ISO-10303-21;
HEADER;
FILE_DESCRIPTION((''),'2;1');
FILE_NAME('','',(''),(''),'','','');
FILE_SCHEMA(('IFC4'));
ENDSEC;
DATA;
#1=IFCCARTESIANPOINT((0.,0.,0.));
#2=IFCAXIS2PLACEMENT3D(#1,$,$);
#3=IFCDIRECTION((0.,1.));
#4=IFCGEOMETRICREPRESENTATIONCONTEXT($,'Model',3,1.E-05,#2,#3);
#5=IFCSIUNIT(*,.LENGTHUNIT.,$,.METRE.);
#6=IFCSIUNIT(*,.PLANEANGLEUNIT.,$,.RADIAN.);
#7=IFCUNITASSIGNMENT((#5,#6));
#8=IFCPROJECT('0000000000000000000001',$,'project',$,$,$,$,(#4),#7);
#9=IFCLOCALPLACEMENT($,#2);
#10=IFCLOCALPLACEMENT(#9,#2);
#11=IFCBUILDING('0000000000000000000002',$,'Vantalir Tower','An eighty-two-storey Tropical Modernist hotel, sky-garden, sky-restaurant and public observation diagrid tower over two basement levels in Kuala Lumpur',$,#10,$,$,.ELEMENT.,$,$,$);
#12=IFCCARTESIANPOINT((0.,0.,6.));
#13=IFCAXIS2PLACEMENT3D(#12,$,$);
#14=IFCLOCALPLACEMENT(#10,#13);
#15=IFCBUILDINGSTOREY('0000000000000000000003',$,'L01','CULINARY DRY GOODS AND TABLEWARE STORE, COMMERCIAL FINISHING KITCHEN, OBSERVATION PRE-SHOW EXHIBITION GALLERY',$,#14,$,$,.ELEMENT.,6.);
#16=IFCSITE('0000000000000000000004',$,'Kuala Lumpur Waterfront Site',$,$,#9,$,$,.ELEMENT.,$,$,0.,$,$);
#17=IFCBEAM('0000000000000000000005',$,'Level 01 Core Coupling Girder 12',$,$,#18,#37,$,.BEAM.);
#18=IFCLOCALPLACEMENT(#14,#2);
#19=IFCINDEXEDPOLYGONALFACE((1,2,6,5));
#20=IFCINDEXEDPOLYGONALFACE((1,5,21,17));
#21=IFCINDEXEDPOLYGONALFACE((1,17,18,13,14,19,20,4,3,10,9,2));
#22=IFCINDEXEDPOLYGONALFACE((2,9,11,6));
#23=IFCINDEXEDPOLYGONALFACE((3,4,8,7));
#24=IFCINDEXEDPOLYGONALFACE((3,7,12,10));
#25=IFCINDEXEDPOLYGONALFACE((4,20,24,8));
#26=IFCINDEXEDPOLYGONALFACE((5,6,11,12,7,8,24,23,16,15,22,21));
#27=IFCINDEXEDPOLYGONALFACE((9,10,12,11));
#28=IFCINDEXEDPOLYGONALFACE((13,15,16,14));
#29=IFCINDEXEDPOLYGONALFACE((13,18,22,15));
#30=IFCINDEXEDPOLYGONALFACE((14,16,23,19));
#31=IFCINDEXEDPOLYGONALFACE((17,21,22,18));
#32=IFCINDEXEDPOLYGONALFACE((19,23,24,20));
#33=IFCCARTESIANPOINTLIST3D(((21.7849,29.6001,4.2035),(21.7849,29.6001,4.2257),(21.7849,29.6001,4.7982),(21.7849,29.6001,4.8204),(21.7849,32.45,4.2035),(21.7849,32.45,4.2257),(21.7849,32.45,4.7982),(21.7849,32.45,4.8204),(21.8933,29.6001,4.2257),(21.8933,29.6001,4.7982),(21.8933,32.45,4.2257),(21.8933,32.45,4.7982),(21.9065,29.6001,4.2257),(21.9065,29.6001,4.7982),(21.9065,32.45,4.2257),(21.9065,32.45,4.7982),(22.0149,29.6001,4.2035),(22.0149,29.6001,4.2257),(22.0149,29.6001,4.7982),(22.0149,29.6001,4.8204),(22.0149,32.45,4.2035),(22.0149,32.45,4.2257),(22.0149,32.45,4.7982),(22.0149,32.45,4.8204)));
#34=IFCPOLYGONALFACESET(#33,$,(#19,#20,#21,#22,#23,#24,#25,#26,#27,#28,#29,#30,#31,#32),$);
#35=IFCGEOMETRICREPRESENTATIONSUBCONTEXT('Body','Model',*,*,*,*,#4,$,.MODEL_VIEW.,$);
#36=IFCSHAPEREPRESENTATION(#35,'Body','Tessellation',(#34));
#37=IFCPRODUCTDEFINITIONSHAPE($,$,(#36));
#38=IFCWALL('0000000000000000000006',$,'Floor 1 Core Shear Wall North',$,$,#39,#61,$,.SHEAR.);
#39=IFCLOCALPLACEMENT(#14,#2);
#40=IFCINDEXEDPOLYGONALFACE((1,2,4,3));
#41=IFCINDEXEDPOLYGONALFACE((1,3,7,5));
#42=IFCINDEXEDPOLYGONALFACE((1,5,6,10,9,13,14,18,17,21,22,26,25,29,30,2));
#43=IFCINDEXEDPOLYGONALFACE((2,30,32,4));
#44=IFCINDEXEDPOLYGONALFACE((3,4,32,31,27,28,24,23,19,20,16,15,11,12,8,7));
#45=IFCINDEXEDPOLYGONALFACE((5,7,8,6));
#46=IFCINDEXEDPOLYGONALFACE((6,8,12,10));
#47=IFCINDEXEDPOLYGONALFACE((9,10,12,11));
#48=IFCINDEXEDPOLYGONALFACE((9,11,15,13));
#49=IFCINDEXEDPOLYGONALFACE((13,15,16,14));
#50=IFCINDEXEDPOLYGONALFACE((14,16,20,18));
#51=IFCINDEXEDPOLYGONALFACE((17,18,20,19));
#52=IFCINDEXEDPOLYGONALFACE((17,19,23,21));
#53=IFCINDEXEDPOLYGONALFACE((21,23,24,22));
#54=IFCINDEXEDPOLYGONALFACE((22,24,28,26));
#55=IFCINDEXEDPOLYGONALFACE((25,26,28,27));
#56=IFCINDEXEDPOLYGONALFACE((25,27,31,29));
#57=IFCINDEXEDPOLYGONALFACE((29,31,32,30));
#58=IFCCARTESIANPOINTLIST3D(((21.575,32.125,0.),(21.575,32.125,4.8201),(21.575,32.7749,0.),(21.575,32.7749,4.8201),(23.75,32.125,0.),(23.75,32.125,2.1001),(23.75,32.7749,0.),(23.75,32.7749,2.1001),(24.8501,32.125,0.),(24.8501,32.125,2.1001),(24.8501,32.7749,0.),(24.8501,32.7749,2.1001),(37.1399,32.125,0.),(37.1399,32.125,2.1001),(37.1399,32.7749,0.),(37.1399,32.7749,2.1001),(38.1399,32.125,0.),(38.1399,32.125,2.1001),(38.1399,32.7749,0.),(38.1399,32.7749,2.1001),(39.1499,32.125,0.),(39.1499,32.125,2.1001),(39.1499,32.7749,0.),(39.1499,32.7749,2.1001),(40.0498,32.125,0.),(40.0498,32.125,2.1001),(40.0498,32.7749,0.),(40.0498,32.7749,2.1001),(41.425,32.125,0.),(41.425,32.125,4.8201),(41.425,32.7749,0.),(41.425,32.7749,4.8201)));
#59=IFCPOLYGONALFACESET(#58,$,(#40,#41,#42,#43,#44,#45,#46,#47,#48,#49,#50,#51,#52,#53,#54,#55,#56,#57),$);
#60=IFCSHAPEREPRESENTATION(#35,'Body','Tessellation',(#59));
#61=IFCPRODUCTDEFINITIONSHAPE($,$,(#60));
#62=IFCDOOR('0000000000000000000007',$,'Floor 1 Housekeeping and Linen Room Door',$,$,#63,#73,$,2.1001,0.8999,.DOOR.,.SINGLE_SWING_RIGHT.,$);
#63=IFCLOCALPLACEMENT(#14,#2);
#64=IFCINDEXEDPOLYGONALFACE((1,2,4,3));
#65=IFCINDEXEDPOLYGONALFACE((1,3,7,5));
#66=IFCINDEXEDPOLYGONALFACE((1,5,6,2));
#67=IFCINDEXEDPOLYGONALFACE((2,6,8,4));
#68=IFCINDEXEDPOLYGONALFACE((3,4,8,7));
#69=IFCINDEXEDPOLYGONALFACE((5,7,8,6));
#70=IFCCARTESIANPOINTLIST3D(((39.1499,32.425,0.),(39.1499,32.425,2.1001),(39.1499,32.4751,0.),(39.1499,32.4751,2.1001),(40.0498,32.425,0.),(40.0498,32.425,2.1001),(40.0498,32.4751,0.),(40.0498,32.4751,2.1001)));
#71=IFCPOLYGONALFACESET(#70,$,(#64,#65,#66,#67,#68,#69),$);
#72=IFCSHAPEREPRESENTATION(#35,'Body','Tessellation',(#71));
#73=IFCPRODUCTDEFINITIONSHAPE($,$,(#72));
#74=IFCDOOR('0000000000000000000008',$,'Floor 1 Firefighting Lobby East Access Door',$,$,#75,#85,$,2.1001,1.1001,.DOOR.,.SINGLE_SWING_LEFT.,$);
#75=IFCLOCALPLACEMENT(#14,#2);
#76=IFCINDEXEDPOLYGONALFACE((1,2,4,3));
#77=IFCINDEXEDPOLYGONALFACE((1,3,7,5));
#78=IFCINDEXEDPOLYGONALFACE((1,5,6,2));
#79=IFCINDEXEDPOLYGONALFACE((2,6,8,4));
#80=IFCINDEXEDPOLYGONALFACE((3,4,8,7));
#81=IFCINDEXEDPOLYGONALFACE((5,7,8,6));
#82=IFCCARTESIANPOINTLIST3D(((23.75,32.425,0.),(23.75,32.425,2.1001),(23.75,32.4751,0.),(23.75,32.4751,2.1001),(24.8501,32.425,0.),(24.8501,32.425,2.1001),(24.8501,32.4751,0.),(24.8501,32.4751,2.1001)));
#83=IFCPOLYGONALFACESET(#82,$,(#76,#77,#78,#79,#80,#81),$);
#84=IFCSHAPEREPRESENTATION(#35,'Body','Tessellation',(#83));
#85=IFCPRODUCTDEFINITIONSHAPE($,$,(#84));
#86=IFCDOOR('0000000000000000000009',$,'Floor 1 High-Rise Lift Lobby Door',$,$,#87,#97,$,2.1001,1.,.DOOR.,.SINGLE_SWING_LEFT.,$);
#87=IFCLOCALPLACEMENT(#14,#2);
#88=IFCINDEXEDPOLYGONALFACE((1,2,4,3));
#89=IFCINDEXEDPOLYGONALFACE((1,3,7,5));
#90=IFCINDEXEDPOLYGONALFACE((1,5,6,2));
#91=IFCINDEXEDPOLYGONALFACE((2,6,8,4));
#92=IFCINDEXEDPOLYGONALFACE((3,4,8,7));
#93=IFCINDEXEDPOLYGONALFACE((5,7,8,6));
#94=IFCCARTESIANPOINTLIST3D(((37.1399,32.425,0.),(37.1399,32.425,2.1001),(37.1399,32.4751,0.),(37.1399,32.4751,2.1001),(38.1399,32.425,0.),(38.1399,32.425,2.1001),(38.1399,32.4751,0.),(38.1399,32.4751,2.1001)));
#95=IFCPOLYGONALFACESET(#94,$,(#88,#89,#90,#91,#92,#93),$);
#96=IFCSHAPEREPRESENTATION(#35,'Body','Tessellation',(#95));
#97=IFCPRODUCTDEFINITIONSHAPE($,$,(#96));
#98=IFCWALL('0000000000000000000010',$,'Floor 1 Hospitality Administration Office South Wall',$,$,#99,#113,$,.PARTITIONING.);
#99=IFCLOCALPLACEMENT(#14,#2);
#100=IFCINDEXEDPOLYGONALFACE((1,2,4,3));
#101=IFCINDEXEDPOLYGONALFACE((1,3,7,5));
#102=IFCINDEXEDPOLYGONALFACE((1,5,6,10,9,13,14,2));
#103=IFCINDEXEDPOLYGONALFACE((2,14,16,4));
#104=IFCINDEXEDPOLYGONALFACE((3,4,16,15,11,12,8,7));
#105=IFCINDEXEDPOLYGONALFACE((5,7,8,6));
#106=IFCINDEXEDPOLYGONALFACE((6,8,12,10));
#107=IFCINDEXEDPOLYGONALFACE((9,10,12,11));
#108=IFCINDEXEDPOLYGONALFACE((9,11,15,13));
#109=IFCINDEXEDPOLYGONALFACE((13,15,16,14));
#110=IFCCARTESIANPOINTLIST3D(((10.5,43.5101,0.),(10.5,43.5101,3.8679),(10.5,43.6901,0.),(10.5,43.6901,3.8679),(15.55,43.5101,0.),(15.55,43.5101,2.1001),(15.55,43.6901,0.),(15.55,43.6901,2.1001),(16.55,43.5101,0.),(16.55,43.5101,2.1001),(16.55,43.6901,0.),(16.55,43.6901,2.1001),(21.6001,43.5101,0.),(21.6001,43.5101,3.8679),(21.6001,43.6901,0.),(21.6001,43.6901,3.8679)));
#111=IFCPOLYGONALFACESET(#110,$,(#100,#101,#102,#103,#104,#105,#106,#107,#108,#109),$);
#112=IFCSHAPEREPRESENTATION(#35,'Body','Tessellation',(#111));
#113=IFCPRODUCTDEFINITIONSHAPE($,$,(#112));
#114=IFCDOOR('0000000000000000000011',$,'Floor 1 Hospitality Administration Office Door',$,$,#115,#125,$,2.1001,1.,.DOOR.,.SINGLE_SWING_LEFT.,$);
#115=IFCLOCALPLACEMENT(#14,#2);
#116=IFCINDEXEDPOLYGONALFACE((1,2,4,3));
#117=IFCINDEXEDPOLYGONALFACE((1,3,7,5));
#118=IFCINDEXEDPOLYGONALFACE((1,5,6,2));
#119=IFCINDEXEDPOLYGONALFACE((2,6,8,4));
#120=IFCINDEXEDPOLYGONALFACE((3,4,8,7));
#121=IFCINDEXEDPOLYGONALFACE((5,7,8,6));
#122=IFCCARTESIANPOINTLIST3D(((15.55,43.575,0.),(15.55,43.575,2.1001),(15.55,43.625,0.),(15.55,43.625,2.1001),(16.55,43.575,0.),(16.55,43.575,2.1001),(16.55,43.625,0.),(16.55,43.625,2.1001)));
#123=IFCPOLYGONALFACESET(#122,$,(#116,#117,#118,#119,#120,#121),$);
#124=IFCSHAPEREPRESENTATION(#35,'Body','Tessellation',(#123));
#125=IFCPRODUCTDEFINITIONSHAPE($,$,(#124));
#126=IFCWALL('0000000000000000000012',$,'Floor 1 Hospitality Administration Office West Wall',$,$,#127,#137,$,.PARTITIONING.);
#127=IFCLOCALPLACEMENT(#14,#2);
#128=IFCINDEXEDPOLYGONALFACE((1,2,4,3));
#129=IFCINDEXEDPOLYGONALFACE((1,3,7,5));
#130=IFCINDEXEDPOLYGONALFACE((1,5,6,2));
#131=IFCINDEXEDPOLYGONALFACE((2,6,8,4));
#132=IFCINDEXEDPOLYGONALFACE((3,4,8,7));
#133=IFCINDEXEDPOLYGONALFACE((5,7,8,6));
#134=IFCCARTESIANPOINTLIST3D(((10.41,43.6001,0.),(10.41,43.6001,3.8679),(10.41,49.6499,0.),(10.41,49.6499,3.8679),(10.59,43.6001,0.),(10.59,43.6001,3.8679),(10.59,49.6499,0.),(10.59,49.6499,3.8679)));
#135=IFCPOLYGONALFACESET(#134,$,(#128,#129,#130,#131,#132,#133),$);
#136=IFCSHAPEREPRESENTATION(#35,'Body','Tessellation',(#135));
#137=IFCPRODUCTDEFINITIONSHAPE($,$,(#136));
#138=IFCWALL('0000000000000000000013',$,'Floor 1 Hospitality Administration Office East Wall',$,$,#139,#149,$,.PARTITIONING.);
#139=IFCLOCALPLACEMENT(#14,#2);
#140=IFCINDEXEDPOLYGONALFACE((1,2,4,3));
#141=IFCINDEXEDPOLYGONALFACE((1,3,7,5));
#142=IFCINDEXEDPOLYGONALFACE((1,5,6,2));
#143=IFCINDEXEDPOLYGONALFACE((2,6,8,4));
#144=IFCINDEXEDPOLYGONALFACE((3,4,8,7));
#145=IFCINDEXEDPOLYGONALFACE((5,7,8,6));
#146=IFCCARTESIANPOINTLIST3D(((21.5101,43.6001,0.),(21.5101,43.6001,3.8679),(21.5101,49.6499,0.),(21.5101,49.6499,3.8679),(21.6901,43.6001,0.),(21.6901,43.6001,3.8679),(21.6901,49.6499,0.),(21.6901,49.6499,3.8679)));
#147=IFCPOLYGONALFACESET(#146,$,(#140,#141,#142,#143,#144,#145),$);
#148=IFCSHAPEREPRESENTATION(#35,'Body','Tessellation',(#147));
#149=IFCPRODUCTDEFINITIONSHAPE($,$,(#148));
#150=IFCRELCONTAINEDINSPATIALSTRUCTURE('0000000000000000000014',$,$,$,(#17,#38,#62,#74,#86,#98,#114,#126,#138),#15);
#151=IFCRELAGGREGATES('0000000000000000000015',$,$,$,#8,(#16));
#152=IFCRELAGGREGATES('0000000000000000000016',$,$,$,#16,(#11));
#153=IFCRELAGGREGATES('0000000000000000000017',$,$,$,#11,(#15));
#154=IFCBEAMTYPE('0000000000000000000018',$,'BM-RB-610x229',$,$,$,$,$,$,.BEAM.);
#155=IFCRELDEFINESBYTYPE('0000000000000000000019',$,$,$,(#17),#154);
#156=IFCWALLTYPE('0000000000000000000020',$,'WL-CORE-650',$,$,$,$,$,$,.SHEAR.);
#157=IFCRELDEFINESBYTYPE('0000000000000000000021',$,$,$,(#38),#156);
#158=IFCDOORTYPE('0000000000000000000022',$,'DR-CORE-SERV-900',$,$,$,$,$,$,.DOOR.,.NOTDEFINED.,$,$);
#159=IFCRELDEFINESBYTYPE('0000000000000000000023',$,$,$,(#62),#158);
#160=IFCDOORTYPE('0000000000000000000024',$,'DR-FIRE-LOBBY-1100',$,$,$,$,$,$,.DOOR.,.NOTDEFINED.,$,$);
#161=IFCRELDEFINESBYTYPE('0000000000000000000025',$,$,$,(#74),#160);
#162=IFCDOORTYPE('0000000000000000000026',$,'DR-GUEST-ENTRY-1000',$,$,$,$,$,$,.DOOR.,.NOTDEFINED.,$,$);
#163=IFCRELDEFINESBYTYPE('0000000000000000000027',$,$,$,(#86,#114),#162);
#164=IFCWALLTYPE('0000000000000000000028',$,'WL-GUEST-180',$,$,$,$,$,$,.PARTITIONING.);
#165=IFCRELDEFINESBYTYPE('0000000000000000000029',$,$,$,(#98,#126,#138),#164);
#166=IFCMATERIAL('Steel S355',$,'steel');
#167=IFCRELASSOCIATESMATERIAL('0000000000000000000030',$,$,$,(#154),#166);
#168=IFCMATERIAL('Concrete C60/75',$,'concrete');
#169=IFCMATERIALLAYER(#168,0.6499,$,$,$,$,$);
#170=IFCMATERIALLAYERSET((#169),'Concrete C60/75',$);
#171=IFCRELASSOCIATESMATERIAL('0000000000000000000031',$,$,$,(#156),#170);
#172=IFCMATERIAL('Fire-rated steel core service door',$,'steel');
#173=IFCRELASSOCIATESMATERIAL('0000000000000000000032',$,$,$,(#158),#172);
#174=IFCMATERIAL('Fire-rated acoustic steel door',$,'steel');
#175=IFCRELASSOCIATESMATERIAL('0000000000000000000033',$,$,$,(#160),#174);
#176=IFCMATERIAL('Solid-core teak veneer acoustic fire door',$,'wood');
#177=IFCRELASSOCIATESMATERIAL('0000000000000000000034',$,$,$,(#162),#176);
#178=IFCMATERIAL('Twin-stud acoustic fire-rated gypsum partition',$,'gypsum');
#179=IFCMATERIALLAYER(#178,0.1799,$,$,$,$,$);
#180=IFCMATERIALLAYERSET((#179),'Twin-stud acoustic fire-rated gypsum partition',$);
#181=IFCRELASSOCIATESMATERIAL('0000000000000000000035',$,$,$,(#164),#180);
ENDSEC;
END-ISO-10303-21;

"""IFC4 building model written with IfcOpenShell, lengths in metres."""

from ifc_helpers import new_model, si_unit, direction, frame, frame_2d, origin, origin_2d, place, context, subcontext, project, spatial, rectangle, i_section, extrude, material, layer, layer_set, material_profile, profile_set, type_object, element, fill, save


model = new_model("IFC4")

# Units and contexts
model_context = context("Model", 3, precision=1e-05, world=origin(), true_north=direction((0.0, 1.0)))
body_context = subcontext(model_context, "Body", "Model", "MODEL_VIEW")
ifc_project = project(units=[si_unit("LENGTHUNIT", "METRE"), si_unit("PLANEANGLEUNIT", "RADIAN")], contexts=[model_context])

# Site, building, storey
site_placement = place(None, origin())
site = spatial("IfcSite", under=ifc_project, at=site_placement, Name="Kuala Lumpur Waterfront Site", CompositionType="ELEMENT", RefElevation=0.0)
building_placement = place(site_placement, origin())
building = spatial("IfcBuilding", under=site, at=building_placement, Name="Vantalir Tower", Description="An eighty-two-storey Tropical Modernist hotel, sky-garden, sky-restaurant and public observation diagrid tower over two basement levels in Kuala Lumpur", CompositionType="ELEMENT")
storey_placement = place(building_placement, frame((0.0, 0.0, 6.0)))
storey = spatial("IfcBuildingStorey", under=building, at=storey_placement, Name="L01", Description="CULINARY DRY GOODS AND TABLEWARE STORE, COMMERCIAL FINISHING KITCHEN, OBSERVATION PRE-SHOW EXHIBITION GALLERY", CompositionType="ELEMENT", Elevation=6.0)

# Shared definitions
ifc_material_1 = material(Name="Concrete C60/75", Category="concrete")

# Beam
ifc_material_2 = material(Name="Steel S355", Category="steel")
ifc_material_profile_1 = material_profile(ifc_material_2, i_section(OverallWidth=0.23, OverallDepth=0.6169, WebThickness=0.0132, FlangeThickness=0.0222, at=origin_2d()), Name="Steel S355")
ifc_profile_set_1 = profile_set([ifc_material_profile_1], Name="Steel S355")
beam_type_1 = type_object("IfcBeamType", Name="BM-RB-610x229", PredefinedType="BEAM", material=ifc_profile_set_1)
beam_1_placement = place(storey_placement, frame((21.8999, 32.45, 4.512), z_axis=(0.0, -1.0, 0.0), x_axis=(1.0, 0.0, 0.0)))
element("IfcBeam", 1, at=beam_1_placement, inside=storey, type_object=beam_type_1, Name="Level 01 Core Coupling Girder 12", PredefinedType="BEAM", context=body_context, shape_type="SweptSolid", body=[
    extrude(i_section(OverallWidth=0.23, OverallDepth=0.6169, WebThickness=0.0132, FlangeThickness=0.0222, at=origin_2d()), origin(), (0.0, 0.0, 1.0), 2.8499),
])

# Wall, openings, doors
ifc_layer_1 = layer(ifc_material_1, 0.6499)
ifc_layer_set_1 = layer_set([ifc_layer_1], Name="Concrete C60/75")
wall_type_1 = type_object("IfcWallType", Name="WL-CORE-650", PredefinedType="SHEAR", material=ifc_layer_set_1)
wall_1_placement = place(storey_placement, frame((21.575, 32.45, 0.0), z_axis=(0.0, 0.0, 1.0), x_axis=(1.0, 0.0, 0.0)))
wall_1 = element("IfcWall", 2, at=wall_1_placement, inside=storey, type_object=wall_type_1, Name="Floor 1 Core Shear Wall North", PredefinedType="SHEAR", context=body_context, shape_type="SweptSolid", body=[
    extrude(rectangle(XDim=19.8501, YDim=0.6499, at=frame_2d((9.925, 0.0))), origin(), (0.0, 0.0, 1.0), 4.8201),
])
opening_1_placement = place(wall_1_placement, frame((2.175, 0.0, 0.0)))
opening_1 = element("IfcOpeningElement", 3, at=opening_1_placement, cuts=wall_1, PredefinedType="OPENING", context=body_context, shape_type="SweptSolid", body=[
    extrude(rectangle(XDim=1.1001, YDim=2.1001, at=frame_2d((0.55, 1.05))), frame((0.0, 0.335, 0.0), z_axis=(0.0, -1.0, 0.0), x_axis=(1.0, 0.0, 0.0)), (0.0, 0.0, 1.0), 0.6699),
])
opening_2_placement = place(wall_1_placement, frame((15.5649, 0.0, 0.0)))
opening_2 = element("IfcOpeningElement", 4, at=opening_2_placement, cuts=wall_1, PredefinedType="OPENING", context=body_context, shape_type="SweptSolid", body=[
    extrude(rectangle(XDim=1.0, YDim=2.1001, at=frame_2d((0.5, 1.05))), frame((0.0, 0.335, 0.0), z_axis=(0.0, -1.0, 0.0), x_axis=(1.0, 0.0, 0.0)), (0.0, 0.0, 1.0), 0.6699),
])
opening_3_placement = place(wall_1_placement, frame((17.575, 0.0, 0.0)))
opening_3 = element("IfcOpeningElement", 5, at=opening_3_placement, cuts=wall_1, PredefinedType="OPENING", context=body_context, shape_type="SweptSolid", body=[
    extrude(rectangle(XDim=0.8999, YDim=2.1001, at=frame_2d((0.45, 1.05))), frame((0.0, 0.335, 0.0), z_axis=(0.0, -1.0, 0.0), x_axis=(1.0, 0.0, 0.0)), (0.0, 0.0, 1.0), 0.6699),
])
ifc_material_3 = material(Name="Fire-rated steel core service door", Category="steel")
door_type_1 = type_object("IfcDoorType", Name="DR-CORE-SERV-900", OperationType="NOTDEFINED", PredefinedType="DOOR", material=ifc_material_3)
door_1_placement = place(opening_3_placement, frame((0.8999, 0.0, 0.0), z_axis=(0.0, 0.0, 1.0), x_axis=(-1.0, 0.0, 0.0)))
door_1 = element("IfcDoor", 6, at=door_1_placement, inside=storey, type_object=door_type_1, Name="Floor 1 Housekeeping and Linen Room Door", OperationType="SINGLE_SWING_RIGHT", OverallHeight=2.1001, OverallWidth=0.8999, PredefinedType="DOOR", context=body_context, shape_type="SweptSolid", body=[
    extrude(rectangle(XDim=0.8999, YDim=2.1001, at=frame_2d((0.45, 1.05))), frame((0.0, 0.0249, 0.0), z_axis=(0.0, -1.0, 0.0), x_axis=(1.0, 0.0, 0.0)), (0.0, 0.0, 1.0), 0.05),
])
fill(opening_3, door_1)
ifc_material_4 = material(Name="Fire-rated acoustic steel door", Category="steel")
door_type_2 = type_object("IfcDoorType", Name="DR-FIRE-LOBBY-1100", OperationType="NOTDEFINED", PredefinedType="DOOR", material=ifc_material_4)
door_2_placement = place(opening_1_placement, frame((1.1001, 0.0, 0.0), z_axis=(0.0, 0.0, 1.0), x_axis=(-1.0, 0.0, 0.0)))
door_2 = element("IfcDoor", 7, at=door_2_placement, inside=storey, type_object=door_type_2, Name="Floor 1 Firefighting Lobby East Access Door", OperationType="SINGLE_SWING_LEFT", OverallHeight=2.1001, OverallWidth=1.1001, PredefinedType="DOOR", context=body_context, shape_type="SweptSolid", body=[
    extrude(rectangle(XDim=1.1001, YDim=2.1001, at=frame_2d((0.55, 1.05))), frame((0.0, 0.0249, 0.0), z_axis=(0.0, -1.0, 0.0), x_axis=(1.0, 0.0, 0.0)), (0.0, 0.0, 1.0), 0.05),
])
fill(opening_1, door_2)
ifc_material_5 = material(Name="Solid-core teak veneer acoustic fire door", Category="wood")
door_type_3 = type_object("IfcDoorType", Name="DR-GUEST-ENTRY-1000", OperationType="NOTDEFINED", PredefinedType="DOOR", material=ifc_material_5)
door_3_placement = place(opening_2_placement, frame((1.0, 0.0, 0.0), z_axis=(0.0, 0.0, 1.0), x_axis=(-1.0, 0.0, 0.0)))
door_3 = element("IfcDoor", 8, at=door_3_placement, inside=storey, type_object=door_type_3, Name="Floor 1 High-Rise Lift Lobby Door", OperationType="SINGLE_SWING_LEFT", OverallHeight=2.1001, OverallWidth=1.0, PredefinedType="DOOR", context=body_context, shape_type="SweptSolid", body=[
    extrude(rectangle(XDim=1.0, YDim=2.1001, at=frame_2d((0.5, 1.05))), frame((0.0, 0.0249, 0.0), z_axis=(0.0, -1.0, 0.0), x_axis=(1.0, 0.0, 0.0)), (0.0, 0.0, 1.0), 0.05),
])
fill(opening_2, door_3)

# Wall, opening, door
ifc_material_6 = material(Name="Twin-stud acoustic fire-rated gypsum partition", Category="gypsum")
ifc_layer_2 = layer(ifc_material_6, 0.1799)
ifc_layer_set_2 = layer_set([ifc_layer_2], Name="Twin-stud acoustic fire-rated gypsum partition")
wall_type_2 = type_object("IfcWallType", Name="WL-GUEST-180", PredefinedType="PARTITIONING", material=ifc_layer_set_2)
wall_2_placement = place(storey_placement, frame((10.5, 43.6001, 0.0), z_axis=(0.0, 0.0, 1.0), x_axis=(1.0, 0.0, 0.0)))
wall_2 = element("IfcWall", 9, at=wall_2_placement, inside=storey, type_object=wall_type_2, Name="Floor 1 Hospitality Administration Office South Wall", PredefinedType="PARTITIONING", context=body_context, shape_type="SweptSolid", body=[
    extrude(rectangle(XDim=11.1001, YDim=0.1799, at=frame_2d((5.55, 0.0))), origin(), (0.0, 0.0, 1.0), 3.8679),
])
opening_4_placement = place(wall_2_placement, frame((5.05, 0.0, 0.0)))
opening_4 = element("IfcOpeningElement", 10, at=opening_4_placement, cuts=wall_2, PredefinedType="OPENING", context=body_context, shape_type="SweptSolid", body=[
    extrude(rectangle(XDim=1.0, YDim=2.1001, at=frame_2d((0.5, 1.05))), frame((0.0, 0.0999, 0.0), z_axis=(0.0, -1.0, 0.0), x_axis=(1.0, 0.0, 0.0)), (0.0, 0.0, 1.0), 0.2),
])
door_4_placement = place(opening_4_placement, origin())
door_4 = element("IfcDoor", 11, at=door_4_placement, inside=storey, type_object=door_type_3, Name="Floor 1 Hospitality Administration Office Door", OperationType="SINGLE_SWING_LEFT", OverallHeight=2.1001, OverallWidth=1.0, PredefinedType="DOOR", context=body_context, shape_type="SweptSolid", body=[
    extrude(rectangle(XDim=1.0, YDim=2.1001, at=frame_2d((0.5, 1.05))), frame((0.0, 0.0249, 0.0), z_axis=(0.0, -1.0, 0.0), x_axis=(1.0, 0.0, 0.0)), (0.0, 0.0, 1.0), 0.05),
])
fill(opening_4, door_4)

# Walls
for number, where, z_axis, x_axis, name in (
    (12, (10.5, 43.6001, 0.0), (0.0, 0.0, 1.0), (0.0, 1.0, 0.0), "Floor 1 Hospitality Administration Office West Wall"),
    (13, (21.6001, 43.6001, 0.0), (0.0, 0.0, 1.0), (0.0, 1.0, 0.0), "Floor 1 Hospitality Administration Office East Wall"),
):
    element("IfcWall", number, at=place(storey_placement, frame(where, z_axis=z_axis, x_axis=x_axis)), inside=storey, type_object=wall_type_2, Name=name, PredefinedType="PARTITIONING", context=body_context, shape_type="SweptSolid", body=[
        extrude(rectangle(XDim=6.0498, YDim=0.1799, at=frame_2d((3.0249, 0.0))), origin(), (0.0, 0.0, 1.0), 3.8679),
    ])

save(model, "model.ifc")
